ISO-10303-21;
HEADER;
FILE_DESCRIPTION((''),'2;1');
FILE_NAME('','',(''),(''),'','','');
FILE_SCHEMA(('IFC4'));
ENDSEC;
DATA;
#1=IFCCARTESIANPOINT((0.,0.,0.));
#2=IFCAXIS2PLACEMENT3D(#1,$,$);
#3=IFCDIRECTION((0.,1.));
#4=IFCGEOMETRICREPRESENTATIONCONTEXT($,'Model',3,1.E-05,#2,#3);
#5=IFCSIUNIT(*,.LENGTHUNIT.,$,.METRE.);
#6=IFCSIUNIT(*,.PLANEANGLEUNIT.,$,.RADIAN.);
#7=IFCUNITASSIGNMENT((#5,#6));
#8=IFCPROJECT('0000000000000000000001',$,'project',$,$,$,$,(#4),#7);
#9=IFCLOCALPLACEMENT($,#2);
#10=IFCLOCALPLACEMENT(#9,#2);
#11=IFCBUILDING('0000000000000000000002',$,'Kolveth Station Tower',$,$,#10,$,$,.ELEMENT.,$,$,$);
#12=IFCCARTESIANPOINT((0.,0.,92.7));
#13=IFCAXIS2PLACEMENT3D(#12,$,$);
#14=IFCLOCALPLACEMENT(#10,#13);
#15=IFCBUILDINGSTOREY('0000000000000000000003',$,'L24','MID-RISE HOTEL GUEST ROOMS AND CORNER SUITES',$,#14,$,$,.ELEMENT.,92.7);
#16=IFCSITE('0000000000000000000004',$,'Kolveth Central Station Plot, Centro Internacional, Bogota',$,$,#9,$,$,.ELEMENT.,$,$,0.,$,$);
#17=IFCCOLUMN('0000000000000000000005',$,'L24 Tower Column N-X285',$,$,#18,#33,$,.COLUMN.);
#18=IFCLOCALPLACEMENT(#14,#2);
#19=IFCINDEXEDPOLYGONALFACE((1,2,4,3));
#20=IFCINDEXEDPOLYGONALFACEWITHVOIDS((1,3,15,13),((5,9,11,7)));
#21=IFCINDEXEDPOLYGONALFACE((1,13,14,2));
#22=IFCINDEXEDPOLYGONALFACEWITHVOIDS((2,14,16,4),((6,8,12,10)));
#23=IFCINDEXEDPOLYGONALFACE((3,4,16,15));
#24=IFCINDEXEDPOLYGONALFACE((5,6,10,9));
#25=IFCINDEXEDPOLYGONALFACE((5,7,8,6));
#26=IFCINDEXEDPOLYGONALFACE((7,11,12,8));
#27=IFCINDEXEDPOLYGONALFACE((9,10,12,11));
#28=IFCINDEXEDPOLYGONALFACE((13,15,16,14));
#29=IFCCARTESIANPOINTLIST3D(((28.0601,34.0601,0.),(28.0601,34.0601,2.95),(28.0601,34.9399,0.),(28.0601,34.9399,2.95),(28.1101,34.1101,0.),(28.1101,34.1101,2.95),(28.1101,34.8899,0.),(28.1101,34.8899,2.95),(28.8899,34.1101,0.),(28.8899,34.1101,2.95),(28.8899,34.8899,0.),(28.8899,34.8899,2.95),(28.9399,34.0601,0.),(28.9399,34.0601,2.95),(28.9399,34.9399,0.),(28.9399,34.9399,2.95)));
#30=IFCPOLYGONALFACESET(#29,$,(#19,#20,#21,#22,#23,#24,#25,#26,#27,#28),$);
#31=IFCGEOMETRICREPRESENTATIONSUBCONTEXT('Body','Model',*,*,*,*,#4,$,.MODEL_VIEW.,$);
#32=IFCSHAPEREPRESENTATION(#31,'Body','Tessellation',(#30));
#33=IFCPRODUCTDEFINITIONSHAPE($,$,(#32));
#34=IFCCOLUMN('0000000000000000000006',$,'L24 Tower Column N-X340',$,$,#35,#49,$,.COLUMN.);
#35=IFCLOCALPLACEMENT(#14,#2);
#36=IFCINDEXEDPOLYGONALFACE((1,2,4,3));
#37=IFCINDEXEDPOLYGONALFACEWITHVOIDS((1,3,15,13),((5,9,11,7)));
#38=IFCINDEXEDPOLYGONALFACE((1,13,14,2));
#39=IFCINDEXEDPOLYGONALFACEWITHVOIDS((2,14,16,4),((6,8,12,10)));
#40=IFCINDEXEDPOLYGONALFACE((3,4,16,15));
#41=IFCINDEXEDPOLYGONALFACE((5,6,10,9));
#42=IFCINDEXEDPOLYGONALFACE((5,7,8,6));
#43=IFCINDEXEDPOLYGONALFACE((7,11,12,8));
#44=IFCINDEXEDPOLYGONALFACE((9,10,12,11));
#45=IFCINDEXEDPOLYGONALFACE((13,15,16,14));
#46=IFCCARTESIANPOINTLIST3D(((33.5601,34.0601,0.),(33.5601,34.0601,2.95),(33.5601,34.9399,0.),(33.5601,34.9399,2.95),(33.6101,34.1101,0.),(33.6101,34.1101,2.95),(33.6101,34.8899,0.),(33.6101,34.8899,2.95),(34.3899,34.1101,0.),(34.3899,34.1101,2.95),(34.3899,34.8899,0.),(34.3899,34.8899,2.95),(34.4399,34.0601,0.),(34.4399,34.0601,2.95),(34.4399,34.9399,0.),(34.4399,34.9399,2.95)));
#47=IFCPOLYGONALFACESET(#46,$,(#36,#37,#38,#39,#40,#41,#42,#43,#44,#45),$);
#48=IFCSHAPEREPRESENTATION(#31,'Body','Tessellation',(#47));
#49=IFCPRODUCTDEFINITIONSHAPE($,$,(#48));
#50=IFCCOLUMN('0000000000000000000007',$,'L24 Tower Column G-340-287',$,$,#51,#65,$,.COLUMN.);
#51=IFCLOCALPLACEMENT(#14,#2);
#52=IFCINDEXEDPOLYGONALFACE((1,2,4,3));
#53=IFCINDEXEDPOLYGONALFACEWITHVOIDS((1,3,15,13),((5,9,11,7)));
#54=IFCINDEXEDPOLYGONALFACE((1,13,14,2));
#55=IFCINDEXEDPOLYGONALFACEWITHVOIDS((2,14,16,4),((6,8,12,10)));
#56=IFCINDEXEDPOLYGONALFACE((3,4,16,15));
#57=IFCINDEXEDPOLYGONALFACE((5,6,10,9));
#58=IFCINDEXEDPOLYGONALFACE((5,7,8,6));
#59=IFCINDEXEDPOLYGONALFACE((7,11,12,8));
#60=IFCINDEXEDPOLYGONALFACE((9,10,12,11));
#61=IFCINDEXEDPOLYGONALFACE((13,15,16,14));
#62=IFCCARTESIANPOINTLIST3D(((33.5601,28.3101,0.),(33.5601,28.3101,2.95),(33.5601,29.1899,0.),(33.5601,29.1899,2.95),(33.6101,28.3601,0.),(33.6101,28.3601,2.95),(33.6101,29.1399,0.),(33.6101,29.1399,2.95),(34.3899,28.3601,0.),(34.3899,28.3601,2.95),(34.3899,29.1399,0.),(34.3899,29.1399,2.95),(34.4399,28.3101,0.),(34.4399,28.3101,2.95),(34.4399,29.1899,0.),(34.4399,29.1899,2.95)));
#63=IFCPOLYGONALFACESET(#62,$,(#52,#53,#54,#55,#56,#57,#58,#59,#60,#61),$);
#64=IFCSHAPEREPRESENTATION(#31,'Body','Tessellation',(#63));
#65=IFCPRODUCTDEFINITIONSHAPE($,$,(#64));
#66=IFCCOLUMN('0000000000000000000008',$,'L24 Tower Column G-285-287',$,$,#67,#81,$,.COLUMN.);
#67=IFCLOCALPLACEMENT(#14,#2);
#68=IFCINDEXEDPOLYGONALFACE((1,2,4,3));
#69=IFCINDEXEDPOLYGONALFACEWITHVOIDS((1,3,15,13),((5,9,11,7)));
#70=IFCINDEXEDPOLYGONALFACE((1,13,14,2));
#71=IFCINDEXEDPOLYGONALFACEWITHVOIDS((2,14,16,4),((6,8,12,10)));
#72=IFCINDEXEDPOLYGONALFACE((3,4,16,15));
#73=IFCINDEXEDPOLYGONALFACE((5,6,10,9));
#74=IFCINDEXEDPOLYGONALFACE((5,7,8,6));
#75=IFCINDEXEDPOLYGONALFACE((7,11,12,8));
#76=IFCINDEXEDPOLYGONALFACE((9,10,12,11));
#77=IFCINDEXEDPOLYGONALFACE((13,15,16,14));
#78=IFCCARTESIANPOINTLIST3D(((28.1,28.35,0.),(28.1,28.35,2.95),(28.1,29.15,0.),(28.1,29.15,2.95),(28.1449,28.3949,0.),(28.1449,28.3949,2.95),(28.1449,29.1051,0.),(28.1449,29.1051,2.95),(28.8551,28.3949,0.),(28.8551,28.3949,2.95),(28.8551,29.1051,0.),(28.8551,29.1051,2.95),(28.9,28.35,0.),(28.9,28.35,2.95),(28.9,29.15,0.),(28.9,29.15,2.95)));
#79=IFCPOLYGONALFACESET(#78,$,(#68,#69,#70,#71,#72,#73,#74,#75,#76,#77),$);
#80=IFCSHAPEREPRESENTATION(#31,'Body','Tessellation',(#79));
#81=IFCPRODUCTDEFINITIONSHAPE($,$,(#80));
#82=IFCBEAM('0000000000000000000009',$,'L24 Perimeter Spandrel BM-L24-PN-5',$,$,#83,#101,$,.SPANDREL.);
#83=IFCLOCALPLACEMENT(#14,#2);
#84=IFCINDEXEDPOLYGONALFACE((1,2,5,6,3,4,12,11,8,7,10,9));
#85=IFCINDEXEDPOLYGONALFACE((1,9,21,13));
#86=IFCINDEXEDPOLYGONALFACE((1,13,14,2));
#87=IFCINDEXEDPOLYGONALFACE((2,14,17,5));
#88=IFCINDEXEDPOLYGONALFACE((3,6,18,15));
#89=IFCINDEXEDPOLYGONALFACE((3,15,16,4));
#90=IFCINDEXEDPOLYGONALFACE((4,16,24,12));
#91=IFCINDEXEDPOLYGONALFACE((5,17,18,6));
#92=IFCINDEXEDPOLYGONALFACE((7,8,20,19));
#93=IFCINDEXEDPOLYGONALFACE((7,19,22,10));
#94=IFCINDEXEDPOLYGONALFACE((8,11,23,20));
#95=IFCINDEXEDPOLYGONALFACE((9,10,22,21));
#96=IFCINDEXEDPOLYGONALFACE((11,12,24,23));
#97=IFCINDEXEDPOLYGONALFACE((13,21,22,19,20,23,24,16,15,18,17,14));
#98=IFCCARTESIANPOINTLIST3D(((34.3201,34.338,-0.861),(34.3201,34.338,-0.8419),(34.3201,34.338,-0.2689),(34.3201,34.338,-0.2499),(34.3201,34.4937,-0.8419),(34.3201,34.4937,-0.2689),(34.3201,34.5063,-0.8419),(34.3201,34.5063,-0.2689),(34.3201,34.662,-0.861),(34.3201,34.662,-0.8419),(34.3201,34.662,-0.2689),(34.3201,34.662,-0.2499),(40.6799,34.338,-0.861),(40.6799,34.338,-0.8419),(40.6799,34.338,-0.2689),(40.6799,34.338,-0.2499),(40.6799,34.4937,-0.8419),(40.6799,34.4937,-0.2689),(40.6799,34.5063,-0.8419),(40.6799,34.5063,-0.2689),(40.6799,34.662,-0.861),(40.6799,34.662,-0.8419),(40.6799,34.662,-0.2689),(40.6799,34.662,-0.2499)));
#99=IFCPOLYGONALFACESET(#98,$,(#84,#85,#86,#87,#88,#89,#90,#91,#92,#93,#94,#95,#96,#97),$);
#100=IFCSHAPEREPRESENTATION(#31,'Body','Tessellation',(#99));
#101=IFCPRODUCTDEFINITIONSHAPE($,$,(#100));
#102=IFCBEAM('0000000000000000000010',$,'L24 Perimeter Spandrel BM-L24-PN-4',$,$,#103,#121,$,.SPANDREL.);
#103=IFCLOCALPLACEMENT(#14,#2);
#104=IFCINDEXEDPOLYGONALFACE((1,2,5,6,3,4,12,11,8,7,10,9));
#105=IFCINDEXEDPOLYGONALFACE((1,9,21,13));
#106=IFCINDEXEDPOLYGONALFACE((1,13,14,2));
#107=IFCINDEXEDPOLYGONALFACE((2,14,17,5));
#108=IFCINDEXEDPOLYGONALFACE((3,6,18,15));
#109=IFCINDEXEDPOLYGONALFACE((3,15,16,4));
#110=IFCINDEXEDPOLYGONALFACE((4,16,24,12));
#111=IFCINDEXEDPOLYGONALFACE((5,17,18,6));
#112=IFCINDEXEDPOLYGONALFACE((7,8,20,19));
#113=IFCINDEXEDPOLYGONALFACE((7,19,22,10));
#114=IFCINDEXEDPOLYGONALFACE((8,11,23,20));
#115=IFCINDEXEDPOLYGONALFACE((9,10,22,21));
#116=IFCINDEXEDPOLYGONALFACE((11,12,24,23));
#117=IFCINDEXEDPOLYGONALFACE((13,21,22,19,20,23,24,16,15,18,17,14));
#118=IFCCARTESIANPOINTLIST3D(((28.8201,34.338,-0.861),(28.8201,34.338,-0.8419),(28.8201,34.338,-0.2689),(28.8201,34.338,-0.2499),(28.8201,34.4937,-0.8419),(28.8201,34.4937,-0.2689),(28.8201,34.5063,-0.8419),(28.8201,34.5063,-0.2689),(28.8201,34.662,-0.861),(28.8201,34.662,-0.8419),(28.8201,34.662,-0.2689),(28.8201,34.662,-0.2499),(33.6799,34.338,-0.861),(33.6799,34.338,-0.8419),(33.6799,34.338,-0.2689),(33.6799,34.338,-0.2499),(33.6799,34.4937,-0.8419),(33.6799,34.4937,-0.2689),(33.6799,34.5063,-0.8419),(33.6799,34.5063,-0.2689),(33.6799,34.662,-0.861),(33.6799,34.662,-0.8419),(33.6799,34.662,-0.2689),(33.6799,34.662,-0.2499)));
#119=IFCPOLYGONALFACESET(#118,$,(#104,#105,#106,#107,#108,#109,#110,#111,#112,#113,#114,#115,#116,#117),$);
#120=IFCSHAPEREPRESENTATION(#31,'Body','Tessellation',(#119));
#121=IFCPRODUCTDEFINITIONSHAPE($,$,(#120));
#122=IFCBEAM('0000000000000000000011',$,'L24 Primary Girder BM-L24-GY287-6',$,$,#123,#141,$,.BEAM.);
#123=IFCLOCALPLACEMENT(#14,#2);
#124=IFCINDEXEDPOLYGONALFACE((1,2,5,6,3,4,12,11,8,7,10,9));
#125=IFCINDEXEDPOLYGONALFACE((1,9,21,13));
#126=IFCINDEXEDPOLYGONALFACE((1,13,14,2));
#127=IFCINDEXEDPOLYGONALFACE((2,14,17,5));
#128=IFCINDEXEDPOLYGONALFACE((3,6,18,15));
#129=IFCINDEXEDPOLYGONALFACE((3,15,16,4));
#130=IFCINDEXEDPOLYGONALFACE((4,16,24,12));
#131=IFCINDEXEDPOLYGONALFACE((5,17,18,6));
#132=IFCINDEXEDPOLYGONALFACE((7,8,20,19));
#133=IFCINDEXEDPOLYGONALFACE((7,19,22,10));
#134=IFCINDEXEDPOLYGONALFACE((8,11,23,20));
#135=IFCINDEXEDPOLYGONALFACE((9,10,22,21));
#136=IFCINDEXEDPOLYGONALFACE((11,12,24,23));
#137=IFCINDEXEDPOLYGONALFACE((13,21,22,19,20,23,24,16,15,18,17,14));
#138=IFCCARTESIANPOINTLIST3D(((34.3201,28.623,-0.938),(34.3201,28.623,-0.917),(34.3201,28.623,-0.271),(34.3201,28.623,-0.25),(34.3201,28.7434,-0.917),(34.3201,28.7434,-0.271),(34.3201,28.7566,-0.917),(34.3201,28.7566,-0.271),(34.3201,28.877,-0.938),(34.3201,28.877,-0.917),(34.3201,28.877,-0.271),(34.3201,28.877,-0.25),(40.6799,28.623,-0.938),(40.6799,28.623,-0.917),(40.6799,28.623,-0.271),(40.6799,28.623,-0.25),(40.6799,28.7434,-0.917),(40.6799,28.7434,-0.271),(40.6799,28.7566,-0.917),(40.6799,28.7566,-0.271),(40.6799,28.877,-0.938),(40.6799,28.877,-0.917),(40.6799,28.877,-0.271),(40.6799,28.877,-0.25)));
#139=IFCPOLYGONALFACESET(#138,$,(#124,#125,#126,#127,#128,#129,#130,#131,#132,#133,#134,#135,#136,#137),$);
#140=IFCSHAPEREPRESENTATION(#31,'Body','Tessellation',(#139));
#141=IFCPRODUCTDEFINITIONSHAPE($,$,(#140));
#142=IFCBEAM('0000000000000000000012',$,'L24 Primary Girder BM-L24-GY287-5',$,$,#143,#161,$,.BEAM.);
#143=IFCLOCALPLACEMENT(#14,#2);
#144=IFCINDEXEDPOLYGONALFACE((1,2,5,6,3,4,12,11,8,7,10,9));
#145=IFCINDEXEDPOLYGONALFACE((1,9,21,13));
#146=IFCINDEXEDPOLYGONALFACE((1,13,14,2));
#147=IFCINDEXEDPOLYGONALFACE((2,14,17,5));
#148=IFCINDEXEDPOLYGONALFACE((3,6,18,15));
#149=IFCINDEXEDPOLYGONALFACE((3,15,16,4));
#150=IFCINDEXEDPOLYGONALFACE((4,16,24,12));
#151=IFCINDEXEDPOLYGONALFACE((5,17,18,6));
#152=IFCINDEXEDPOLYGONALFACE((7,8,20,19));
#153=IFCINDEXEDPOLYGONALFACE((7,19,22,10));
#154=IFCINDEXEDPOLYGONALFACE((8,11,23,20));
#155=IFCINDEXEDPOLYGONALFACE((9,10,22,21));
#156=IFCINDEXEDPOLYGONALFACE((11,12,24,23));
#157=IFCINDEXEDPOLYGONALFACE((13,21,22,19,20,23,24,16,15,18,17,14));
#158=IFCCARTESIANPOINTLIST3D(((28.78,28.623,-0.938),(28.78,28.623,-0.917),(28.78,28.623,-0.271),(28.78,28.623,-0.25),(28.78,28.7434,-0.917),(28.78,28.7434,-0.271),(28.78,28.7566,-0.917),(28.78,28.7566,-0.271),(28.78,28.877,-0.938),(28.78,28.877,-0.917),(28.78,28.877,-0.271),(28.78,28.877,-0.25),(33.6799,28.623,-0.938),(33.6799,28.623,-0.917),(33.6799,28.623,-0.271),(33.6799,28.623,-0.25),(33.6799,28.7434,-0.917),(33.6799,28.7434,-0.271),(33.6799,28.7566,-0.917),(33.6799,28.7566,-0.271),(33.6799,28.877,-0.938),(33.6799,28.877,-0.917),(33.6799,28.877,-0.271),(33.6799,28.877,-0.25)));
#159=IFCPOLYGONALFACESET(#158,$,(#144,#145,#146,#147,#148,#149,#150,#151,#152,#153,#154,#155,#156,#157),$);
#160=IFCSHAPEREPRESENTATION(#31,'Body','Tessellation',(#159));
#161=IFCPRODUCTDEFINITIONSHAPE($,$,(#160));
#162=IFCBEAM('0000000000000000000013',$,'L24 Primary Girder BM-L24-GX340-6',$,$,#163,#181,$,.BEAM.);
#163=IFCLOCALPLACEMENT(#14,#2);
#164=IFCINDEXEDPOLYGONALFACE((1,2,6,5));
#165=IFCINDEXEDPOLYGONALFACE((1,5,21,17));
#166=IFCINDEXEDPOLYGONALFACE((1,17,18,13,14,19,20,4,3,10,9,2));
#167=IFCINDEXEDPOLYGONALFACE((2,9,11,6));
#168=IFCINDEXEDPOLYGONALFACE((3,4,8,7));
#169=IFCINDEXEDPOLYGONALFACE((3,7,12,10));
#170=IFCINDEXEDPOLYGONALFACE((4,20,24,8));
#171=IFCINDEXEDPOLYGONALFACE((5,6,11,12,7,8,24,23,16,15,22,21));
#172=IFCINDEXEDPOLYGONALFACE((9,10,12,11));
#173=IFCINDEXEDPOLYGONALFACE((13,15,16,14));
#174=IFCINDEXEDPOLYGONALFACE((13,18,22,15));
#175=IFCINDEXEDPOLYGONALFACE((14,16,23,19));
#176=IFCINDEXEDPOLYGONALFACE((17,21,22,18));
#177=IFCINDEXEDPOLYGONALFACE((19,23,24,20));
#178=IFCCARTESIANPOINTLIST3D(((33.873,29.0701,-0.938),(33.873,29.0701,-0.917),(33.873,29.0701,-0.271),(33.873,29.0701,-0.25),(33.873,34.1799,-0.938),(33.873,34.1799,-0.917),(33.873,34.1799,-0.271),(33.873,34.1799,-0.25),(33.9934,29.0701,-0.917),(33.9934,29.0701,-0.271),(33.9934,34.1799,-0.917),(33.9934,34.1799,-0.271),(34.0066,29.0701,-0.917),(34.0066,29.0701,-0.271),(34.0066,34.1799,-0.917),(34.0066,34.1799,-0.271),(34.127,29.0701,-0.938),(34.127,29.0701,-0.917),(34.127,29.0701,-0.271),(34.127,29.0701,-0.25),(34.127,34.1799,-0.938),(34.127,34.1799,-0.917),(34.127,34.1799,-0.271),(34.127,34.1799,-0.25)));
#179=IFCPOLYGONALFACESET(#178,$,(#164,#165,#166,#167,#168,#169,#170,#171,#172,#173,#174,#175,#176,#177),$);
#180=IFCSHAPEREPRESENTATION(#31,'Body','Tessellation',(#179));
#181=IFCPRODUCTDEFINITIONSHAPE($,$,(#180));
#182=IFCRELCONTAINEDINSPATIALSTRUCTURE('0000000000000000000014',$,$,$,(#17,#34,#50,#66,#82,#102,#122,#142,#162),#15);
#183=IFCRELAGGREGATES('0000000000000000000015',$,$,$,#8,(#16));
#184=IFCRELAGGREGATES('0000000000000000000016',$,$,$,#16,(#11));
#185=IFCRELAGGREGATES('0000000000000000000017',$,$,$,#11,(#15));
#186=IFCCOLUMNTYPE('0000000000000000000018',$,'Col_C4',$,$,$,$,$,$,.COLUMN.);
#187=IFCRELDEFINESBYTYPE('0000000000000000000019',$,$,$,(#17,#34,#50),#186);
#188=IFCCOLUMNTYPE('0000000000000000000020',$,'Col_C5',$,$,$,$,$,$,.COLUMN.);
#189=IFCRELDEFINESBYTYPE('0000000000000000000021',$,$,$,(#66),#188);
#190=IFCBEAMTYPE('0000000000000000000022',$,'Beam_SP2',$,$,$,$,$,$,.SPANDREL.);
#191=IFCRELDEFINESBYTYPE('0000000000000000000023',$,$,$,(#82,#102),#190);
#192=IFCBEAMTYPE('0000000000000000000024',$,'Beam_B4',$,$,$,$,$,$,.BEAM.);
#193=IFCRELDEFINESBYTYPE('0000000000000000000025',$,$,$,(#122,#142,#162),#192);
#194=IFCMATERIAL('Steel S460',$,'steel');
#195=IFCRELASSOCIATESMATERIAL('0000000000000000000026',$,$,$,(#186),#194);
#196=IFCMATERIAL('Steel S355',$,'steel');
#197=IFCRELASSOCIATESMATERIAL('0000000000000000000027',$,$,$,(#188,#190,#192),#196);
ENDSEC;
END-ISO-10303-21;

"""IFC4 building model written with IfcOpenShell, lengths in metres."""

from ifc_helpers import new_model, si_unit, direction, frame, origin, origin_2d, place, context, subcontext, project, spatial, hollow_rectangle, i_section, extrude, source, transform, mapped, material, material_profile, profile_set, type_object, element, save


model = new_model("IFC4")

# Units and contexts
model_context = context("Model", 3, precision=1e-05, world=origin(), true_north=direction((0.0, 1.0)))
body_context = subcontext(model_context, "Body", "Model", "MODEL_VIEW")
ifc_project = project(units=[si_unit("LENGTHUNIT", "METRE"), si_unit("PLANEANGLEUNIT", "RADIAN")], contexts=[model_context])

# Site, building, storey
site_placement = place(None, origin())
site = spatial("IfcSite", under=ifc_project, at=site_placement, Name="Kolveth Central Station Plot, Centro Internacional, Bogota", CompositionType="ELEMENT", RefElevation=0.0)
building_placement = place(site_placement, origin())
building = spatial("IfcBuilding", under=site, at=building_placement, Name="Kolveth Station Tower", CompositionType="ELEMENT")
storey_placement = place(building_placement, frame((0.0, 0.0, 92.7)))
storey = spatial("IfcBuildingStorey", under=building, at=storey_placement, Name="L24", Description="MID-RISE HOTEL GUEST ROOMS AND CORNER SUITES", CompositionType="ELEMENT", Elevation=92.7)

# Columns
ifc_material_1 = material(Name="Steel S460", Category="steel")
ifc_material_profile_1 = material_profile(ifc_material_1, hollow_rectangle(XDim=0.8799, YDim=0.8799, WallThickness=0.05, at=origin_2d()), Name="BOX880x880x50")
ifc_profile_set_1 = profile_set([ifc_material_profile_1], Name="Steel S460")
column_type_1 = type_object("IfcColumnType", Name="Col_C4", PredefinedType="COLUMN", material=ifc_profile_set_1)
shared_shape_1 = source(origin(), body_context, "Body", "SweptSolid", [
    extrude(hollow_rectangle(XDim=0.8799, YDim=0.8799, WallThickness=0.05, at=origin_2d()), origin(), (0.0, 0.0, 1.0), 2.95),
])
for number, where, z_axis, x_axis, name in (
    (1, (28.5, 34.5, 0.0), (0.0, 0.0, 1.0), (1.0, 0.0, 0.0), "L24 Tower Column N-X285"),
    (2, (34.0, 34.5, 0.0), (0.0, 0.0, 1.0), (1.0, 0.0, 0.0), "L24 Tower Column N-X340"),
    (3, (34.0, 28.75, 0.0), (0.0, 0.0, 1.0), (1.0, 0.0, 0.0), "L24 Tower Column G-340-287"),
):
    element("IfcColumn", number, at=place(storey_placement, frame(where, z_axis=z_axis, x_axis=x_axis)), inside=storey, type_object=column_type_1, Name=name, PredefinedType="COLUMN", context=body_context, shape_type="MappedRepresentation", body=[
        mapped(shared_shape_1, transform((0.0, 0.0, 0.0), x_axis=(1.0, 0.0, 0.0), y_axis=(0.0, 1.0, 0.0), z_axis=(0.0, 0.0, 1.0), scale=1.0)),
    ])
ifc_material_2 = material(Name="Steel S355", Category="steel")
ifc_material_profile_2 = material_profile(ifc_material_2, hollow_rectangle(XDim=0.8, YDim=0.8, WallThickness=0.0449, at=origin_2d()), Name="BOX800x800x45")
ifc_profile_set_2 = profile_set([ifc_material_profile_2], Name="Steel S355")
column_type_2 = type_object("IfcColumnType", Name="Col_C5", PredefinedType="COLUMN", material=ifc_profile_set_2)
shared_shape_2 = source(origin(), body_context, "Body", "SweptSolid", [
    extrude(hollow_rectangle(XDim=0.8, YDim=0.8, WallThickness=0.0449, at=origin_2d()), origin(), (0.0, 0.0, 1.0), 2.95),
])
column_placement = place(storey_placement, frame((28.5, 28.75, 0.0), z_axis=(0.0, 0.0, 1.0), x_axis=(1.0, 0.0, 0.0)))
element("IfcColumn", 4, at=column_placement, inside=storey, type_object=column_type_2, Name="L24 Tower Column G-285-287", PredefinedType="COLUMN", context=body_context, shape_type="MappedRepresentation", body=[
    mapped(shared_shape_2, transform((0.0, 0.0, 0.0), x_axis=(1.0, 0.0, 0.0), y_axis=(0.0, 1.0, 0.0), z_axis=(0.0, 0.0, 1.0), scale=1.0)),
])

# Beams
ifc_material_profile_3 = material_profile(ifc_material_2, i_section(OverallWidth=0.324, OverallDepth=0.6111, WebThickness=0.0127, FlangeThickness=0.019, at=origin_2d()), Name="W610x155")
ifc_profile_set_3 = profile_set([ifc_material_profile_3], Name="Steel S355")
beam_type_1 = type_object("IfcBeamType", Name="Beam_SP2", PredefinedType="SPANDREL", material=ifc_profile_set_3)
shared_shape_3 = source(origin(), body_context, "Body", "SweptSolid", [
    extrude(i_section(OverallWidth=0.324, OverallDepth=0.6111, WebThickness=0.0127, FlangeThickness=0.019, at=origin_2d()), origin(), (0.0, 0.0, 1.0), 6.3599),
])
beam_1_placement = place(storey_placement, frame((34.3201, 34.5, -0.5554), z_axis=(1.0, 0.0, 0.0), x_axis=(0.0, 1.0, 0.0)))
element("IfcBeam", 5, at=beam_1_placement, inside=storey, type_object=beam_type_1, Name="L24 Perimeter Spandrel BM-L24-PN-5", PredefinedType="SPANDREL", context=body_context, shape_type="MappedRepresentation", body=[
    mapped(shared_shape_3, transform((0.0, 0.0, 0.0), x_axis=(1.0, 0.0, 0.0), y_axis=(0.0, 1.0, 0.0), z_axis=(0.0, 0.0, 1.0), scale=1.0)),
])
shared_shape_4 = source(origin(), body_context, "Body", "SweptSolid", [
    extrude(i_section(OverallWidth=0.324, OverallDepth=0.6111, WebThickness=0.0127, FlangeThickness=0.019, at=origin_2d()), origin(), (0.0, 0.0, 1.0), 4.8599),
])
beam_2_placement = place(storey_placement, frame((28.8201, 34.5, -0.5554), z_axis=(1.0, 0.0, 0.0), x_axis=(0.0, 1.0, 0.0)))
element("IfcBeam", 6, at=beam_2_placement, inside=storey, type_object=beam_type_1, Name="L24 Perimeter Spandrel BM-L24-PN-4", PredefinedType="SPANDREL", context=body_context, shape_type="MappedRepresentation", body=[
    mapped(shared_shape_4, transform((0.0, 0.0, 0.0), x_axis=(1.0, 0.0, 0.0), y_axis=(0.0, 1.0, 0.0), z_axis=(0.0, 0.0, 1.0), scale=1.0)),
])
ifc_material_profile_4 = material_profile(ifc_material_2, i_section(OverallWidth=0.2539, OverallDepth=0.688, WebThickness=0.0132, FlangeThickness=0.021, at=origin_2d()), Name="W690x152")
ifc_profile_set_4 = profile_set([ifc_material_profile_4], Name="Steel S355")
beam_type_2 = type_object("IfcBeamType", Name="Beam_B4", PredefinedType="BEAM", material=ifc_profile_set_4)
shared_shape_5 = source(origin(), body_context, "Body", "SweptSolid", [
    extrude(i_section(OverallWidth=0.2539, OverallDepth=0.688, WebThickness=0.0132, FlangeThickness=0.021, at=origin_2d()), origin(), (0.0, 0.0, 1.0), 6.3599),
])
beam_3_placement = place(storey_placement, frame((34.3201, 28.75, -0.594), z_axis=(1.0, 0.0, 0.0), x_axis=(0.0, 1.0, 0.0)))
element("IfcBeam", 7, at=beam_3_placement, inside=storey, type_object=beam_type_2, Name="L24 Primary Girder BM-L24-GY287-6", PredefinedType="BEAM", context=body_context, shape_type="MappedRepresentation", body=[
    mapped(shared_shape_5, transform((0.0, 0.0, 0.0), x_axis=(1.0, 0.0, 0.0), y_axis=(0.0, 1.0, 0.0), z_axis=(0.0, 0.0, 1.0), scale=1.0)),
])
shared_shape_6 = source(origin(), body_context, "Body", "SweptSolid", [
    extrude(i_section(OverallWidth=0.2539, OverallDepth=0.688, WebThickness=0.0132, FlangeThickness=0.021, at=origin_2d()), origin(), (0.0, 0.0, 1.0), 4.8999),
])
beam_4_placement = place(storey_placement, frame((28.78, 28.75, -0.594), z_axis=(1.0, 0.0, 0.0), x_axis=(0.0, 1.0, 0.0)))
element("IfcBeam", 8, at=beam_4_placement, inside=storey, type_object=beam_type_2, Name="L24 Primary Girder BM-L24-GY287-5", PredefinedType="BEAM", context=body_context, shape_type="MappedRepresentation", body=[
    mapped(shared_shape_6, transform((0.0, 0.0, 0.0), x_axis=(1.0, 0.0, 0.0), y_axis=(0.0, 1.0, 0.0), z_axis=(0.0, 0.0, 1.0), scale=1.0)),
])
shared_shape_7 = source(origin(), body_context, "Body", "SweptSolid", [
    extrude(i_section(OverallWidth=0.2539, OverallDepth=0.688, WebThickness=0.0132, FlangeThickness=0.021, at=origin_2d()), origin(), (0.0, 0.0, 1.0), 5.1099),
])
beam_5_placement = place(storey_placement, frame((34.0, 29.0701, -0.594), z_axis=(0.0, 1.0, 0.0), x_axis=(-1.0, 0.0, 0.0)))
element("IfcBeam", 9, at=beam_5_placement, inside=storey, type_object=beam_type_2, Name="L24 Primary Girder BM-L24-GX340-6", PredefinedType="BEAM", context=body_context, shape_type="MappedRepresentation", body=[
    mapped(shared_shape_7, transform((0.0, 0.0, 0.0), x_axis=(1.0, 0.0, 0.0), y_axis=(0.0, 1.0, 0.0), z_axis=(0.0, 0.0, 1.0), scale=1.0)),
])

save(model, "model.ifc")
